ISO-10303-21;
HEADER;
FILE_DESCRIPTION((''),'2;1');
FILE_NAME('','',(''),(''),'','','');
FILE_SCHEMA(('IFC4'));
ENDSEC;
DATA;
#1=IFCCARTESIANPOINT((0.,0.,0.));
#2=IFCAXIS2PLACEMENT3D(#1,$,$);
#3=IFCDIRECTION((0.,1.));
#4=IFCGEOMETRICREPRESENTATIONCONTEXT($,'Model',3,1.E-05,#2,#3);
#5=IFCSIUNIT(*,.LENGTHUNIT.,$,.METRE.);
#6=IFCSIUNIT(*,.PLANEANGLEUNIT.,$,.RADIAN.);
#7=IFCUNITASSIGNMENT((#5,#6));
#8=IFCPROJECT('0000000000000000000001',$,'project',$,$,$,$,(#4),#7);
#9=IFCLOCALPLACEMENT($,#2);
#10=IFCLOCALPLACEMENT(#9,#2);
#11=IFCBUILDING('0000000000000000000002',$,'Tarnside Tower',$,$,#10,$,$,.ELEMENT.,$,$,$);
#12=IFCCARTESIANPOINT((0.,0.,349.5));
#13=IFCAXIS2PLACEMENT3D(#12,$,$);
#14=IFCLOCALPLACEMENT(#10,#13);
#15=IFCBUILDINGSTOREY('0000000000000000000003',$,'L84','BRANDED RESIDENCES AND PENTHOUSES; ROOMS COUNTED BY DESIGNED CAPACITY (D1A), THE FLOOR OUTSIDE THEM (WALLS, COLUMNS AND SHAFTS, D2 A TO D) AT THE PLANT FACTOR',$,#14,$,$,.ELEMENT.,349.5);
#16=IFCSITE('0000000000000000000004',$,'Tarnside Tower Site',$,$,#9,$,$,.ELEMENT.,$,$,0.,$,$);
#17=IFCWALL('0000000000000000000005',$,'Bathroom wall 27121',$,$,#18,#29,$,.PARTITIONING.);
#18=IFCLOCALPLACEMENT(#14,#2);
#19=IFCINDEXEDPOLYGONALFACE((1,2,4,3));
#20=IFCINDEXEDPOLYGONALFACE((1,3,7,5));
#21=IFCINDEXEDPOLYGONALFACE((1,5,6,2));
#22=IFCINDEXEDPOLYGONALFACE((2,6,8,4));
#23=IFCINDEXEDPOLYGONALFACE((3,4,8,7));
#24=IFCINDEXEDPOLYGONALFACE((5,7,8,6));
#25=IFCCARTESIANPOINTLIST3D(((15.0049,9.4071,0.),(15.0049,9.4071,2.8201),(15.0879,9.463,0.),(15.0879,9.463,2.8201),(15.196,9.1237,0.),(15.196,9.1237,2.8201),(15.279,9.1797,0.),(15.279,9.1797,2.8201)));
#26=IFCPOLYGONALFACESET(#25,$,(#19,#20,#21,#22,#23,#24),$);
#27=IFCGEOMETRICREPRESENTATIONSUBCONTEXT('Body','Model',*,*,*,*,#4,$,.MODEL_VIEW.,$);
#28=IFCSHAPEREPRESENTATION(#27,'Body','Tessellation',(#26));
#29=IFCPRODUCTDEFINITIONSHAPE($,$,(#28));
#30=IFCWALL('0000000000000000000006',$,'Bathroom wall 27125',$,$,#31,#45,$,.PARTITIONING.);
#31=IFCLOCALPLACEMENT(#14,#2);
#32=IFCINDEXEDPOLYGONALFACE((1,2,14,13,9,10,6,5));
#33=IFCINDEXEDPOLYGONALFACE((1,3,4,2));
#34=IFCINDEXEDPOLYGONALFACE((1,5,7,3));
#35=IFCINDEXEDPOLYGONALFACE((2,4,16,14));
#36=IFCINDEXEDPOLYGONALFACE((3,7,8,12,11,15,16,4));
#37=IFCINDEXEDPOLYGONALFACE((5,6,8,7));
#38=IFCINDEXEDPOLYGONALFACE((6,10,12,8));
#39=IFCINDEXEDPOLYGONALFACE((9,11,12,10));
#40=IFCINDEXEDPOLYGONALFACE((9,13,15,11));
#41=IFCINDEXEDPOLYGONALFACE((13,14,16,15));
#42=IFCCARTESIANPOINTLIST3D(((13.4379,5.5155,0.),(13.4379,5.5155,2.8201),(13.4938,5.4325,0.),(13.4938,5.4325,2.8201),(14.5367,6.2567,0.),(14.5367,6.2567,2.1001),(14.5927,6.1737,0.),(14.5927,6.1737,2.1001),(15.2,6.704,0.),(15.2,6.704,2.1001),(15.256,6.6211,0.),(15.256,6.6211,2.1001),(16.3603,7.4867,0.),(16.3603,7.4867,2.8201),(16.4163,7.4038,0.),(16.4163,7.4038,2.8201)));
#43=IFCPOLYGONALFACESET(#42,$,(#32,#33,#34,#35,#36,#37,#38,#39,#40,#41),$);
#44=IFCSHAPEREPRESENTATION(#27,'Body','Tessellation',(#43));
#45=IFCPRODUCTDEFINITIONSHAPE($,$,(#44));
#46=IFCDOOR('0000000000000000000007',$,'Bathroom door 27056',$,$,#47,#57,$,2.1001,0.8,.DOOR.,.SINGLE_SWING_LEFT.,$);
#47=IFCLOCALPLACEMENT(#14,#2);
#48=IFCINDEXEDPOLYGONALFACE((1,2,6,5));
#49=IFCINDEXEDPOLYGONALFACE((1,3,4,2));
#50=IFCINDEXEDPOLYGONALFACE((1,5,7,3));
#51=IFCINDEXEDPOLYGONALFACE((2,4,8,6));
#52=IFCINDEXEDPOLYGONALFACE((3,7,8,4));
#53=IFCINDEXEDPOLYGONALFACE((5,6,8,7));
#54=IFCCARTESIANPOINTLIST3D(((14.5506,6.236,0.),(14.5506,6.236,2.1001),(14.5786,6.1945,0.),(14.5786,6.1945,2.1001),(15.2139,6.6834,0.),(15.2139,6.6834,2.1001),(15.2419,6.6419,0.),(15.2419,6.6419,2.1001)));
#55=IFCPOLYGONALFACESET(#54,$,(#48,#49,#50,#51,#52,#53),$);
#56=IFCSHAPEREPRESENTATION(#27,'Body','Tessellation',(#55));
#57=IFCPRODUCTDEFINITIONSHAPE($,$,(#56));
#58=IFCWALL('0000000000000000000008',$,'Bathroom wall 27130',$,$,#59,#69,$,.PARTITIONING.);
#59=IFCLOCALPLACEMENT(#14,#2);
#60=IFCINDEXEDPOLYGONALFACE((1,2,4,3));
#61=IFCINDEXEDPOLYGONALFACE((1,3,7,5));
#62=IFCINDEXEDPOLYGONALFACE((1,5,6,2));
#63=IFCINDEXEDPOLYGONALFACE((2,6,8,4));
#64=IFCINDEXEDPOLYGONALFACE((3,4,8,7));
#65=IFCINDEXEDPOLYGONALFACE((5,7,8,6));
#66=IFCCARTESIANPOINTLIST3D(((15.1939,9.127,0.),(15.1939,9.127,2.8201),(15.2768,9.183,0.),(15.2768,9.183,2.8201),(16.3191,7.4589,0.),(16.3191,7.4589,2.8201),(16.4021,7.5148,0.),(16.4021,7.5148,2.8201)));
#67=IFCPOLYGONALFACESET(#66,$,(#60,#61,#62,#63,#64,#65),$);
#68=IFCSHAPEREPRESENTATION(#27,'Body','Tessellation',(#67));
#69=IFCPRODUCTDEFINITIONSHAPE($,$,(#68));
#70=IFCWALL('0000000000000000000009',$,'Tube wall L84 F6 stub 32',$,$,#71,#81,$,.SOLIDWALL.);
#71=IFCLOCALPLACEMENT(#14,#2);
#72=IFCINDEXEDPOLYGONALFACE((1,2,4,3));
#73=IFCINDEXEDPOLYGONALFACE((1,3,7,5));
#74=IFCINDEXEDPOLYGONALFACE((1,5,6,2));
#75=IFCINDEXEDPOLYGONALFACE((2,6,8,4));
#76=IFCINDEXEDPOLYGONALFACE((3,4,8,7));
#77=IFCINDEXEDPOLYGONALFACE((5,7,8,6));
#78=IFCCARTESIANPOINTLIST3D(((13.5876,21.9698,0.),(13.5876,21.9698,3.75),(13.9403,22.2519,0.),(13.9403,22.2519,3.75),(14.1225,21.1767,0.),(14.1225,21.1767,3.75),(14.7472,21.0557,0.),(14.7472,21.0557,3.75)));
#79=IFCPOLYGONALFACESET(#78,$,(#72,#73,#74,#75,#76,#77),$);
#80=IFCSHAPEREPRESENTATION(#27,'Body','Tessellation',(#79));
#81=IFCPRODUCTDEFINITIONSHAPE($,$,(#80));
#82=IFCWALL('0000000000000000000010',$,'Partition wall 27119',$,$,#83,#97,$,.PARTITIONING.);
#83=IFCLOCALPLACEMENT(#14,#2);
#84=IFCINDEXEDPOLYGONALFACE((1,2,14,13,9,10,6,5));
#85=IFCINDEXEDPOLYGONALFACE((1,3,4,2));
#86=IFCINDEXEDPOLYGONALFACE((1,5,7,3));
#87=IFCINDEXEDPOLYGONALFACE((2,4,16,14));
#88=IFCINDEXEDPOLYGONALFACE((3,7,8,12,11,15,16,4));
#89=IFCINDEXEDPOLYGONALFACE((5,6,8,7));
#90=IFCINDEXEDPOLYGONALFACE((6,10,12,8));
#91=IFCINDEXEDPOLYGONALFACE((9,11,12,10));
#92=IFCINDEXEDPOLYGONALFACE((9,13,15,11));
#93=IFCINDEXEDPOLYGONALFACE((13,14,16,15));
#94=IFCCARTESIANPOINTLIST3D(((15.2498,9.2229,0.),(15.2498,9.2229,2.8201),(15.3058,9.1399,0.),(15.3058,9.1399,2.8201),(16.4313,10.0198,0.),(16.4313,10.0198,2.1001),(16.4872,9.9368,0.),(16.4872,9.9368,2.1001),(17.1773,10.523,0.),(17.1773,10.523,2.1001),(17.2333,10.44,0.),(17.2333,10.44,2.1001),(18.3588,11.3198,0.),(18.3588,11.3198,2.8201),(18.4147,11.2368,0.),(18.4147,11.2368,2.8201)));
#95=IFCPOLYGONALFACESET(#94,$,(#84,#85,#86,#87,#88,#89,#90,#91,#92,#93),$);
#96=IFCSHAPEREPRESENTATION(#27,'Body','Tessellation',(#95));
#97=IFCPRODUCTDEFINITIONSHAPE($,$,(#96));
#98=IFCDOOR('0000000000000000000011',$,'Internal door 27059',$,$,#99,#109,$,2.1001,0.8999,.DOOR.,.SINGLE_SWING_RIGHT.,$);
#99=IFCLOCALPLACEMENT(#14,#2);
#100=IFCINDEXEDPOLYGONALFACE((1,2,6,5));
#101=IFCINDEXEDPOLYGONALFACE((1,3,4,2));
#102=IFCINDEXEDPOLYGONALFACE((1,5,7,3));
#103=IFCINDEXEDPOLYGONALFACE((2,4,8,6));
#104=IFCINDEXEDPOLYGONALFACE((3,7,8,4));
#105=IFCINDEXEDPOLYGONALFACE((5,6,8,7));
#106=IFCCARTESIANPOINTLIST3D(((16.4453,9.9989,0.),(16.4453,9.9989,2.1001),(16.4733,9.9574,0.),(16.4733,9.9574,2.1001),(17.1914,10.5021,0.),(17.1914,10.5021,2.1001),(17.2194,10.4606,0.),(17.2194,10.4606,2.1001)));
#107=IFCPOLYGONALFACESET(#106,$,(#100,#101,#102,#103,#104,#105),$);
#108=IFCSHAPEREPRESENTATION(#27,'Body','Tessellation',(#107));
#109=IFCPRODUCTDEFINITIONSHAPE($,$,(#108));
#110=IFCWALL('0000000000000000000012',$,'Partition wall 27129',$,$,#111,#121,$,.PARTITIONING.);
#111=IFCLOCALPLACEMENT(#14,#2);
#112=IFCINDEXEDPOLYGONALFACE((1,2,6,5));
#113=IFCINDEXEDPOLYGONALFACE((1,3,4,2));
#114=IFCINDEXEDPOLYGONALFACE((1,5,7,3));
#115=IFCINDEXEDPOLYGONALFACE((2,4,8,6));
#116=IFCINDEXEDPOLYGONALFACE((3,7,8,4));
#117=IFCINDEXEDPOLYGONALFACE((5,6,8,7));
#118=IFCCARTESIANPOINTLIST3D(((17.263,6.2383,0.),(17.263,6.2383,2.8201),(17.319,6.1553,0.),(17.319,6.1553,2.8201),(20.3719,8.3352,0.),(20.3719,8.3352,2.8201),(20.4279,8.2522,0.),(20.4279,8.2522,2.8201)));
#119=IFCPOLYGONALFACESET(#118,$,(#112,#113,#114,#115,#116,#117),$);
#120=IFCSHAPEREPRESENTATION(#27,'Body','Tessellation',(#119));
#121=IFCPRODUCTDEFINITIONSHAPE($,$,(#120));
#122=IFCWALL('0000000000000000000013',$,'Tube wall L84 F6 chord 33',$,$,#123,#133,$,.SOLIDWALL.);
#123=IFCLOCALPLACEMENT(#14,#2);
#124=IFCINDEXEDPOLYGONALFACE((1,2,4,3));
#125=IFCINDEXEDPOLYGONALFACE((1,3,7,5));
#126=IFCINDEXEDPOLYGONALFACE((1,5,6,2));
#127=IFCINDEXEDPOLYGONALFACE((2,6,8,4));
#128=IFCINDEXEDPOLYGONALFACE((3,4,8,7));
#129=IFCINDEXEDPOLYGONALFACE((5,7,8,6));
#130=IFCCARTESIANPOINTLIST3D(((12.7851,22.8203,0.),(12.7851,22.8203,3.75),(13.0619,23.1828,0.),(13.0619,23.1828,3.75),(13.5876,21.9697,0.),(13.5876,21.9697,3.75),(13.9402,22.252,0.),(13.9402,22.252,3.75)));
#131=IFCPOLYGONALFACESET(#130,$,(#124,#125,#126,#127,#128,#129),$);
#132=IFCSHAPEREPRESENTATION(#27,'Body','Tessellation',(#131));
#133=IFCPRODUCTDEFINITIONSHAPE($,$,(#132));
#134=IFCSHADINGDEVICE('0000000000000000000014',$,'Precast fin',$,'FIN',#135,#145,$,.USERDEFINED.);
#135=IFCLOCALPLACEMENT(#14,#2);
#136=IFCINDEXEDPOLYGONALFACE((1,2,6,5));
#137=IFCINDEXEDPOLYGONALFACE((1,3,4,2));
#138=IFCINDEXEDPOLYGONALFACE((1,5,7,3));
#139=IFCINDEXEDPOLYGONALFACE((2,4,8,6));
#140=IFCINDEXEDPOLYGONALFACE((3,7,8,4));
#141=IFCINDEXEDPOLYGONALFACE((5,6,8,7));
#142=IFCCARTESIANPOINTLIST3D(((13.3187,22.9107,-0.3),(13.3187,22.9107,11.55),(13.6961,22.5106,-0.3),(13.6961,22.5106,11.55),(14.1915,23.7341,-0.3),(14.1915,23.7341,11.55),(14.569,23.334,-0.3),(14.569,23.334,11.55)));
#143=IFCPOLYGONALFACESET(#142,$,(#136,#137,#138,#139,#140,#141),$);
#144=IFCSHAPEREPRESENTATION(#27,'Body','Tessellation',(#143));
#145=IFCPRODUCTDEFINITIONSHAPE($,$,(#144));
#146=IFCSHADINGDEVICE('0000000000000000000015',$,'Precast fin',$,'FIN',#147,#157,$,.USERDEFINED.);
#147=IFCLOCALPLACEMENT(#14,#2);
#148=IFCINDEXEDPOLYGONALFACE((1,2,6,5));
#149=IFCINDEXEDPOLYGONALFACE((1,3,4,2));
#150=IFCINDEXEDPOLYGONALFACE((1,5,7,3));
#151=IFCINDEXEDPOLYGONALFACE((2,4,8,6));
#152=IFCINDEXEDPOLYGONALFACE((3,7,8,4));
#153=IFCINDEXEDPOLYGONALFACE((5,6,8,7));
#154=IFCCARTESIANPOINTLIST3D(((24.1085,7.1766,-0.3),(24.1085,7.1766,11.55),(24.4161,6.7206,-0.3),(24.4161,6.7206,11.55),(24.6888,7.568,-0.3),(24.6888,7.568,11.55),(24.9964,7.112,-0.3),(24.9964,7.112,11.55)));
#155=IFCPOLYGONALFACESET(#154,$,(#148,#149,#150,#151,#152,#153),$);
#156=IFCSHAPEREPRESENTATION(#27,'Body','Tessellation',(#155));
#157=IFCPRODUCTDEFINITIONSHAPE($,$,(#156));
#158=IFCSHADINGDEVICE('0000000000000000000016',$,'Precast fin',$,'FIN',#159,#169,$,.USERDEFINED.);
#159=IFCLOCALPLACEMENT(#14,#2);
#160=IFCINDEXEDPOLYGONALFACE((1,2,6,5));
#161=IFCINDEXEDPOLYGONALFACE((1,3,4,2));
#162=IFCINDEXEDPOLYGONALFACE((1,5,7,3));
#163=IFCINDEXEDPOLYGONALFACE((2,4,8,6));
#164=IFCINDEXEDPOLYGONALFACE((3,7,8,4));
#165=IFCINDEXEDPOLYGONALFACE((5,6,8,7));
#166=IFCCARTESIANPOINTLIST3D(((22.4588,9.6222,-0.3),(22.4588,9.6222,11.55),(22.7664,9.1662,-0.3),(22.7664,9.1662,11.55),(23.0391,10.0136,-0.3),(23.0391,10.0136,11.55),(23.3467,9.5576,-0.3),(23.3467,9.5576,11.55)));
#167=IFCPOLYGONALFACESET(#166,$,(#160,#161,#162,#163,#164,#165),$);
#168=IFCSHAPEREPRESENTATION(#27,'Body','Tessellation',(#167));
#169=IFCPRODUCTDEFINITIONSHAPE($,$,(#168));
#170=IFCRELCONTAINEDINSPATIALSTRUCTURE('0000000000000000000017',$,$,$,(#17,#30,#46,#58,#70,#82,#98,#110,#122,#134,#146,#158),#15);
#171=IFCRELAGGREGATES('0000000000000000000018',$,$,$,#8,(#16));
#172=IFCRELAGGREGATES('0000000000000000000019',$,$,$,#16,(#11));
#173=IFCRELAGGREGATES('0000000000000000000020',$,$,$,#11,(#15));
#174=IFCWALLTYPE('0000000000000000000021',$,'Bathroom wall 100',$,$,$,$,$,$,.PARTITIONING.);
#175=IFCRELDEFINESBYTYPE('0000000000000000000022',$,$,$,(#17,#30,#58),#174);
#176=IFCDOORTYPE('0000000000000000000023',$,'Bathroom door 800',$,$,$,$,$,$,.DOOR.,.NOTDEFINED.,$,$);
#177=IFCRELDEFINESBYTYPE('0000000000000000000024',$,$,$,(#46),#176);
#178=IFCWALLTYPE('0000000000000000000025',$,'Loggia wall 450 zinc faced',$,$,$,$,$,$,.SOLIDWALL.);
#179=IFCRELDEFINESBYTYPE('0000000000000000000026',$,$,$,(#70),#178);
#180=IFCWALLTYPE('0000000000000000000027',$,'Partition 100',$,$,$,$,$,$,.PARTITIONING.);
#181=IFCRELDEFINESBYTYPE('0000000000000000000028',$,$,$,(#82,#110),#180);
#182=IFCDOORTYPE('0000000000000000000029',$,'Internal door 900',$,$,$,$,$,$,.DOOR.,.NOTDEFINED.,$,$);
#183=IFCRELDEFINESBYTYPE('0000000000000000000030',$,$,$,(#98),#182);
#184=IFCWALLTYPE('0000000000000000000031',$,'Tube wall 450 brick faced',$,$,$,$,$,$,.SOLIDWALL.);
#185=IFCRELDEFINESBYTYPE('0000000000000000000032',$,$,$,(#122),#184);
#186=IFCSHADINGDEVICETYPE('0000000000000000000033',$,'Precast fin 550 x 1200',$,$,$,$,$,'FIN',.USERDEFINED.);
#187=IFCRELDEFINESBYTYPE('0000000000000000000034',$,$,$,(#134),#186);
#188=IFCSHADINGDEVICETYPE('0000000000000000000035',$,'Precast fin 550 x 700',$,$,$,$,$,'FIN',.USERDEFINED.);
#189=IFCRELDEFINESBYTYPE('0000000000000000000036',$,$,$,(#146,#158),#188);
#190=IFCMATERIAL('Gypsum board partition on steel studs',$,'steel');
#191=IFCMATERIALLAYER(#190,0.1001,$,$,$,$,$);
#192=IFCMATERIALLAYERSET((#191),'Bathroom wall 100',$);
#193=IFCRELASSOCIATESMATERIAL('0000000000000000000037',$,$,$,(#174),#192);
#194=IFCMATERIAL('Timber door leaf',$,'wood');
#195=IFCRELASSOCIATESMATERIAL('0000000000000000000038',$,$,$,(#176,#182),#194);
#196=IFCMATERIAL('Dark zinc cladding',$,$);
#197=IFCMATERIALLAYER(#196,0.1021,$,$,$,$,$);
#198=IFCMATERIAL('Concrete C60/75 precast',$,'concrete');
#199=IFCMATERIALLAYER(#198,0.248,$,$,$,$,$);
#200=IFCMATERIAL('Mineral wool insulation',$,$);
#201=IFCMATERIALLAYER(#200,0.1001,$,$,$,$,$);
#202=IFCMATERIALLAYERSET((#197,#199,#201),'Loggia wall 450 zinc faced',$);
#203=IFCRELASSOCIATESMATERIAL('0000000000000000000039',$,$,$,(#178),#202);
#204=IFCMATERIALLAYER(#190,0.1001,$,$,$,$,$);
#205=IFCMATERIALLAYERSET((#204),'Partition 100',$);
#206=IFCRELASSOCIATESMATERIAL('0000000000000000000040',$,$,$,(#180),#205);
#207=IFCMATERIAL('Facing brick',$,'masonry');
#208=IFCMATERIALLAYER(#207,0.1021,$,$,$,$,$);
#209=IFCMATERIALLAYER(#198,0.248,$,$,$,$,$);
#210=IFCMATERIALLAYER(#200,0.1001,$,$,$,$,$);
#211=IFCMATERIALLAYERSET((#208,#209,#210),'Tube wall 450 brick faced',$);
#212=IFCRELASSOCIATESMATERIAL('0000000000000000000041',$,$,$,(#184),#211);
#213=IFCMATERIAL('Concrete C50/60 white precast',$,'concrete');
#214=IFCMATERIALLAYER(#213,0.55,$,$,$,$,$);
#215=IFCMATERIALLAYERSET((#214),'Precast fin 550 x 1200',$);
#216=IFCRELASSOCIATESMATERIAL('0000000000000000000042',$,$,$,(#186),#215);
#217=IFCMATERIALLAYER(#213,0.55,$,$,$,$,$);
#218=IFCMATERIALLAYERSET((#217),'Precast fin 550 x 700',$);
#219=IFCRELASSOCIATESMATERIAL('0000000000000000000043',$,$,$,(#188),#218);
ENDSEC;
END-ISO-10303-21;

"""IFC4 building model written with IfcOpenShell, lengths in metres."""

from ifc_helpers import new_model, si_unit, direction, frame, frame_2d, origin, place, context, subcontext, project, spatial, polyline, rectangle, outline, extrude, material, layer, layer_set, type_object, element, fill, save


model = new_model("IFC4")

# Units and contexts
model_context = context("Model", 3, precision=1e-05, world=origin(), true_north=direction((0.0, 1.0)))
body_context = subcontext(model_context, "Body", "Model", "MODEL_VIEW")
ifc_project = project(units=[si_unit("LENGTHUNIT", "METRE"), si_unit("PLANEANGLEUNIT", "RADIAN")], contexts=[model_context])

# Site, building, storey
site_placement = place(None, origin())
site = spatial("IfcSite", under=ifc_project, at=site_placement, Name="Tarnside Tower Site", CompositionType="ELEMENT", RefElevation=0.0)
building_placement = place(site_placement, origin())
building = spatial("IfcBuilding", under=site, at=building_placement, Name="Tarnside Tower", CompositionType="ELEMENT")
storey_placement = place(building_placement, frame((0.0, 0.0, 349.5)))
storey = spatial("IfcBuildingStorey", under=building, at=storey_placement, Name="L84", Description="BRANDED RESIDENCES AND PENTHOUSES; ROOMS COUNTED BY DESIGNED CAPACITY (D1A), THE FLOOR OUTSIDE THEM (WALLS, COLUMNS AND SHAFTS, D2 A TO D) AT THE PLANT FACTOR", CompositionType="ELEMENT", Elevation=349.5)

# Wall
ifc_material_1 = material(Name="Gypsum board partition on steel studs", Category="steel")
ifc_layer_1 = layer(ifc_material_1, 0.1001)
ifc_layer_set_1 = layer_set([ifc_layer_1], Name="Bathroom wall 100")
wall_type_1 = type_object("IfcWallType", Name="Bathroom wall 100", PredefinedType="PARTITIONING", material=ifc_layer_set_1)
wall_1_placement = place(storey_placement, frame((15.0464, 9.4351, 0.0), z_axis=(0.0, 0.0, 1.0), x_axis=(0.559142, -0.829072, 0.0)))
element("IfcWall", 1, at=wall_1_placement, inside=storey, type_object=wall_type_1, Name="Bathroom wall 27121", PredefinedType="PARTITIONING", context=body_context, shape_type="SweptSolid", body=[
    extrude(rectangle(XDim=0.3418, YDim=0.1001, at=frame_2d((0.1709, 0.0))), origin(), (0.0, 0.0, 1.0), 2.8201),
])

# Wall, opening, door
wall_2_placement = place(storey_placement, frame((16.3884, 7.4453, 0.0), z_axis=(0.0, 0.0, 1.0), x_axis=(-0.829033, -0.559199, 0.0)))
wall_2 = element("IfcWall", 2, at=wall_2_placement, inside=storey, type_object=wall_type_1, Name="Bathroom wall 27125", PredefinedType="PARTITIONING", context=body_context, shape_type="SweptSolid", body=[
    extrude(rectangle(XDim=3.5251, YDim=0.1001, at=frame_2d((1.7627, 0.0))), origin(), (0.0, 0.0, 1.0), 2.8201),
])
opening_1_placement = place(wall_2_placement, frame((1.3999, 0.0, 0.0)))
opening_1 = element("IfcOpeningElement", 3, at=opening_1_placement, cuts=wall_2, PredefinedType="OPENING", context=body_context, shape_type="SweptSolid", body=[
    extrude(rectangle(XDim=0.8, YDim=2.1001, at=frame_2d((0.3999, 1.05))), frame((0.0, 0.0601, 0.0), z_axis=(0.0, -1.0, 0.0), x_axis=(1.0, 0.0, 0.0)), (0.0, 0.0, 1.0), 0.1201),
])
ifc_material_2 = material(Name="Timber door leaf", Category="wood")
door_type_1 = type_object("IfcDoorType", Name="Bathroom door 800", OperationType="NOTDEFINED", PredefinedType="DOOR", material=ifc_material_2)
door_1_placement = place(opening_1_placement, origin())
door_1 = element("IfcDoor", 4, at=door_1_placement, inside=storey, type_object=door_type_1, Name="Bathroom door 27056", OperationType="SINGLE_SWING_LEFT", OverallHeight=2.1001, OverallWidth=0.8, PredefinedType="DOOR", context=body_context, shape_type="SweptSolid", body=[
    extrude(rectangle(XDim=0.8, YDim=2.1001, at=frame_2d((0.3999, 1.05))), frame((0.0, 0.0249, 0.0), z_axis=(0.0, -1.0, 0.0), x_axis=(1.0, 0.0, 0.0)), (0.0, 0.0, 1.0), 0.05),
])
fill(opening_1, door_1)

# Walls
wall_3_placement = place(storey_placement, frame((15.2354, 9.155, 0.0), z_axis=(0.0, 0.0, 1.0), x_axis=(0.5592, -0.829033, 0.0)))
element("IfcWall", 5, at=wall_3_placement, inside=storey, type_object=wall_type_1, Name="Bathroom wall 27130", PredefinedType="PARTITIONING", context=body_context, shape_type="SweptSolid", body=[
    extrude(rectangle(XDim=2.0122, YDim=0.1001, at=frame_2d((1.0061, 0.0))), origin(), (0.0, 0.0, 1.0), 2.8201),
])
ifc_material_3 = material(Name="Dark zinc cladding")
ifc_layer_2 = layer(ifc_material_3, 0.1021)
ifc_material_4 = material(Name="Concrete C60/75 precast", Category="concrete")
ifc_layer_3 = layer(ifc_material_4, 0.248)
ifc_material_5 = material(Name="Mineral wool insulation")
ifc_layer_4 = layer(ifc_material_5, 0.1001)
ifc_layer_set_2 = layer_set([ifc_layer_2, ifc_layer_3, ifc_layer_4], Name="Loggia wall 450 zinc faced")
wall_type_2 = type_object("IfcWallType", Name="Loggia wall 450 zinc faced", PredefinedType="SOLIDWALL", material=ifc_layer_set_2)
wall_4_placement = place(storey_placement, frame((14.4348, 21.1162, 0.0), z_axis=(0.0, 0.0, 1.0), x_axis=(-0.5592, 0.829033, 0.0)))
element("IfcWall", 6, at=wall_4_placement, inside=storey, type_object=wall_type_2, Name="Tube wall L84 F6 stub 32", PredefinedType="SOLIDWALL", context=body_context, shape_type="SweptSolid", body=[
    extrude(outline(polyline([(-0.2249, -0.2251), (1.218, -0.2251), (1.1814, 0.2251), (0.2249, 0.2251), (-0.2249, -0.2251)])), origin(), (0.0, 0.0, 1.0), 3.75),
])

# Wall, opening, door
ifc_layer_5 = layer(ifc_material_1, 0.1001)
ifc_layer_set_3 = layer_set([ifc_layer_5], Name="Partition 100")
wall_type_3 = type_object("IfcWallType", Name="Partition 100", PredefinedType="PARTITIONING", material=ifc_layer_set_3)
wall_5_placement = place(storey_placement, frame((15.2778, 9.1814, 0.0), z_axis=(0.0, 0.0, 1.0), x_axis=(0.829043, 0.559184, 0.0)))
wall_5 = element("IfcWall", 7, at=wall_5_placement, inside=storey, type_object=wall_type_3, Name="Partition wall 27119", PredefinedType="PARTITIONING", context=body_context, shape_type="SweptSolid", body=[
    extrude(rectangle(XDim=3.75, YDim=0.1001, at=frame_2d((1.875, 0.0))), origin(), (0.0, 0.0, 1.0), 2.8201),
])
opening_2_placement = place(wall_5_placement, frame((1.425, 0.0, 0.0)))
opening_2 = element("IfcOpeningElement", 8, at=opening_2_placement, cuts=wall_5, PredefinedType="OPENING", context=body_context, shape_type="SweptSolid", body=[
    extrude(rectangle(XDim=0.8999, YDim=2.1001, at=frame_2d((0.45, 1.05))), frame((0.0, 0.0601, 0.0), z_axis=(0.0, -1.0, 0.0), x_axis=(1.0, 0.0, 0.0)), (0.0, 0.0, 1.0), 0.1201),
])
door_type_2 = type_object("IfcDoorType", Name="Internal door 900", OperationType="NOTDEFINED", PredefinedType="DOOR", material=ifc_material_2)
door_2_placement = place(opening_2_placement, origin())
door_2 = element("IfcDoor", 9, at=door_2_placement, inside=storey, type_object=door_type_2, Name="Internal door 27059", OperationType="SINGLE_SWING_RIGHT", OverallHeight=2.1001, OverallWidth=0.8999, PredefinedType="DOOR", context=body_context, shape_type="SweptSolid", body=[
    extrude(rectangle(XDim=0.8999, YDim=2.1001, at=frame_2d((0.45, 1.05))), frame((0.0, 0.0249, 0.0), z_axis=(0.0, -1.0, 0.0), x_axis=(1.0, 0.0, 0.0)), (0.0, 0.0, 1.0), 0.05),
])
fill(opening_2, door_2)

# Walls
wall_6_placement = place(storey_placement, frame((20.3999, 8.2937, 0.0), z_axis=(0.0, 0.0, 1.0), x_axis=(-0.829043, -0.559184, 0.0)))
element("IfcWall", 10, at=wall_6_placement, inside=storey, type_object=wall_type_3, Name="Partition wall 27129", PredefinedType="PARTITIONING", context=body_context, shape_type="SweptSolid", body=[
    extrude(rectangle(XDim=3.75, YDim=0.1001, at=frame_2d((1.875, 0.0))), origin(), (0.0, 0.0, 1.0), 2.8201),
])
ifc_material_6 = material(Name="Facing brick", Category="masonry")
ifc_layer_6 = layer(ifc_material_6, 0.1021)
ifc_layer_7 = layer(ifc_material_4, 0.248)
ifc_layer_8 = layer(ifc_material_5, 0.1001)
ifc_layer_set_4 = layer_set([ifc_layer_6, ifc_layer_7, ifc_layer_8], Name="Tube wall 450 brick faced")
wall_type_4 = type_object("IfcWallType", Name="Tube wall 450 brick faced", PredefinedType="SOLIDWALL", material=ifc_layer_set_4)
wall_7_placement = place(storey_placement, frame((13.7639, 22.1108, 0.0), z_axis=(0.0, 0.0, 1.0), x_axis=(-0.686272, 0.727345, 0.0)))
element("IfcWall", 11, at=wall_7_placement, inside=storey, type_object=wall_type_4, Name="Tube wall L84 F6 chord 33", PredefinedType="SOLIDWALL", context=body_context, shape_type="SweptSolid", body=[
    extrude(outline(polyline([(-0.0183, -0.2251), (1.2615, -0.2251), (1.1877, 0.2251), (0.0183, 0.2251), (-0.0183, -0.2251)])), origin(), (0.0, 0.0, 1.0), 3.75),
])

# Shading devices
ifc_material_7 = material(Name="Concrete C50/60 white precast", Category="concrete")
ifc_layer_9 = layer(ifc_material_7, 0.55)
ifc_layer_set_5 = layer_set([ifc_layer_9], Name="Precast fin 550 x 1200")
shading_device_type_1 = type_object("IfcShadingDeviceType", Name="Precast fin 550 x 1200", ElementType="FIN", PredefinedType="USERDEFINED", material=ifc_layer_set_5)
shading_device_placement = place(storey_placement, frame((13.5073, 22.7107, -0.3), z_axis=(0.686242, -0.727374, 0.0), x_axis=(0.727374, 0.686242, 0.0)))
element("IfcShadingDevice", 12, at=shading_device_placement, inside=storey, type_object=shading_device_type_1, Name="Precast fin", ObjectType="FIN", PredefinedType="USERDEFINED", context=body_context, shape_type="SweptSolid", body=[
    extrude(outline(polyline([(0.0, 0.0), (1.2, 0.0), (1.2, 11.8501), (0.0, 11.8501), (0.0, 0.0)])), frame((0.0, 0.0, -0.2749)), (0.0, 0.0, 1.0), 0.55),
])
ifc_layer_10 = layer(ifc_material_7, 0.55)
ifc_layer_set_6 = layer_set([ifc_layer_10], Name="Precast fin 550 x 700")
shading_device_type_2 = type_object("IfcShadingDeviceType", Name="Precast fin 550 x 700", ElementType="FIN", PredefinedType="USERDEFINED", material=ifc_layer_set_6)
for number, where, z_axis, x_axis, name in (
    (13, (24.2622, 6.9487, -0.3), (0.559193, -0.829038, 0.0), (0.829038, 0.559193, 0.0), "Precast fin"),
    (14, (22.6125, 9.3943, -0.3), (0.559193, -0.829038, 0.0), (0.829038, 0.559193, 0.0), "Precast fin"),
):
    element("IfcShadingDevice", number, at=place(storey_placement, frame(where, z_axis=z_axis, x_axis=x_axis)), inside=storey, type_object=shading_device_type_2, Name=name, ObjectType="FIN", PredefinedType="USERDEFINED", context=body_context, shape_type="SweptSolid", body=[
        extrude(outline(polyline([(0.0, 0.0), (0.7, 0.0), (0.7, 11.8501), (0.0, 11.8501), (0.0, 0.0)])), frame((0.0, 0.0, -0.2749)), (0.0, 0.0, 1.0), 0.55),
    ])

save(model, "model.ifc")
